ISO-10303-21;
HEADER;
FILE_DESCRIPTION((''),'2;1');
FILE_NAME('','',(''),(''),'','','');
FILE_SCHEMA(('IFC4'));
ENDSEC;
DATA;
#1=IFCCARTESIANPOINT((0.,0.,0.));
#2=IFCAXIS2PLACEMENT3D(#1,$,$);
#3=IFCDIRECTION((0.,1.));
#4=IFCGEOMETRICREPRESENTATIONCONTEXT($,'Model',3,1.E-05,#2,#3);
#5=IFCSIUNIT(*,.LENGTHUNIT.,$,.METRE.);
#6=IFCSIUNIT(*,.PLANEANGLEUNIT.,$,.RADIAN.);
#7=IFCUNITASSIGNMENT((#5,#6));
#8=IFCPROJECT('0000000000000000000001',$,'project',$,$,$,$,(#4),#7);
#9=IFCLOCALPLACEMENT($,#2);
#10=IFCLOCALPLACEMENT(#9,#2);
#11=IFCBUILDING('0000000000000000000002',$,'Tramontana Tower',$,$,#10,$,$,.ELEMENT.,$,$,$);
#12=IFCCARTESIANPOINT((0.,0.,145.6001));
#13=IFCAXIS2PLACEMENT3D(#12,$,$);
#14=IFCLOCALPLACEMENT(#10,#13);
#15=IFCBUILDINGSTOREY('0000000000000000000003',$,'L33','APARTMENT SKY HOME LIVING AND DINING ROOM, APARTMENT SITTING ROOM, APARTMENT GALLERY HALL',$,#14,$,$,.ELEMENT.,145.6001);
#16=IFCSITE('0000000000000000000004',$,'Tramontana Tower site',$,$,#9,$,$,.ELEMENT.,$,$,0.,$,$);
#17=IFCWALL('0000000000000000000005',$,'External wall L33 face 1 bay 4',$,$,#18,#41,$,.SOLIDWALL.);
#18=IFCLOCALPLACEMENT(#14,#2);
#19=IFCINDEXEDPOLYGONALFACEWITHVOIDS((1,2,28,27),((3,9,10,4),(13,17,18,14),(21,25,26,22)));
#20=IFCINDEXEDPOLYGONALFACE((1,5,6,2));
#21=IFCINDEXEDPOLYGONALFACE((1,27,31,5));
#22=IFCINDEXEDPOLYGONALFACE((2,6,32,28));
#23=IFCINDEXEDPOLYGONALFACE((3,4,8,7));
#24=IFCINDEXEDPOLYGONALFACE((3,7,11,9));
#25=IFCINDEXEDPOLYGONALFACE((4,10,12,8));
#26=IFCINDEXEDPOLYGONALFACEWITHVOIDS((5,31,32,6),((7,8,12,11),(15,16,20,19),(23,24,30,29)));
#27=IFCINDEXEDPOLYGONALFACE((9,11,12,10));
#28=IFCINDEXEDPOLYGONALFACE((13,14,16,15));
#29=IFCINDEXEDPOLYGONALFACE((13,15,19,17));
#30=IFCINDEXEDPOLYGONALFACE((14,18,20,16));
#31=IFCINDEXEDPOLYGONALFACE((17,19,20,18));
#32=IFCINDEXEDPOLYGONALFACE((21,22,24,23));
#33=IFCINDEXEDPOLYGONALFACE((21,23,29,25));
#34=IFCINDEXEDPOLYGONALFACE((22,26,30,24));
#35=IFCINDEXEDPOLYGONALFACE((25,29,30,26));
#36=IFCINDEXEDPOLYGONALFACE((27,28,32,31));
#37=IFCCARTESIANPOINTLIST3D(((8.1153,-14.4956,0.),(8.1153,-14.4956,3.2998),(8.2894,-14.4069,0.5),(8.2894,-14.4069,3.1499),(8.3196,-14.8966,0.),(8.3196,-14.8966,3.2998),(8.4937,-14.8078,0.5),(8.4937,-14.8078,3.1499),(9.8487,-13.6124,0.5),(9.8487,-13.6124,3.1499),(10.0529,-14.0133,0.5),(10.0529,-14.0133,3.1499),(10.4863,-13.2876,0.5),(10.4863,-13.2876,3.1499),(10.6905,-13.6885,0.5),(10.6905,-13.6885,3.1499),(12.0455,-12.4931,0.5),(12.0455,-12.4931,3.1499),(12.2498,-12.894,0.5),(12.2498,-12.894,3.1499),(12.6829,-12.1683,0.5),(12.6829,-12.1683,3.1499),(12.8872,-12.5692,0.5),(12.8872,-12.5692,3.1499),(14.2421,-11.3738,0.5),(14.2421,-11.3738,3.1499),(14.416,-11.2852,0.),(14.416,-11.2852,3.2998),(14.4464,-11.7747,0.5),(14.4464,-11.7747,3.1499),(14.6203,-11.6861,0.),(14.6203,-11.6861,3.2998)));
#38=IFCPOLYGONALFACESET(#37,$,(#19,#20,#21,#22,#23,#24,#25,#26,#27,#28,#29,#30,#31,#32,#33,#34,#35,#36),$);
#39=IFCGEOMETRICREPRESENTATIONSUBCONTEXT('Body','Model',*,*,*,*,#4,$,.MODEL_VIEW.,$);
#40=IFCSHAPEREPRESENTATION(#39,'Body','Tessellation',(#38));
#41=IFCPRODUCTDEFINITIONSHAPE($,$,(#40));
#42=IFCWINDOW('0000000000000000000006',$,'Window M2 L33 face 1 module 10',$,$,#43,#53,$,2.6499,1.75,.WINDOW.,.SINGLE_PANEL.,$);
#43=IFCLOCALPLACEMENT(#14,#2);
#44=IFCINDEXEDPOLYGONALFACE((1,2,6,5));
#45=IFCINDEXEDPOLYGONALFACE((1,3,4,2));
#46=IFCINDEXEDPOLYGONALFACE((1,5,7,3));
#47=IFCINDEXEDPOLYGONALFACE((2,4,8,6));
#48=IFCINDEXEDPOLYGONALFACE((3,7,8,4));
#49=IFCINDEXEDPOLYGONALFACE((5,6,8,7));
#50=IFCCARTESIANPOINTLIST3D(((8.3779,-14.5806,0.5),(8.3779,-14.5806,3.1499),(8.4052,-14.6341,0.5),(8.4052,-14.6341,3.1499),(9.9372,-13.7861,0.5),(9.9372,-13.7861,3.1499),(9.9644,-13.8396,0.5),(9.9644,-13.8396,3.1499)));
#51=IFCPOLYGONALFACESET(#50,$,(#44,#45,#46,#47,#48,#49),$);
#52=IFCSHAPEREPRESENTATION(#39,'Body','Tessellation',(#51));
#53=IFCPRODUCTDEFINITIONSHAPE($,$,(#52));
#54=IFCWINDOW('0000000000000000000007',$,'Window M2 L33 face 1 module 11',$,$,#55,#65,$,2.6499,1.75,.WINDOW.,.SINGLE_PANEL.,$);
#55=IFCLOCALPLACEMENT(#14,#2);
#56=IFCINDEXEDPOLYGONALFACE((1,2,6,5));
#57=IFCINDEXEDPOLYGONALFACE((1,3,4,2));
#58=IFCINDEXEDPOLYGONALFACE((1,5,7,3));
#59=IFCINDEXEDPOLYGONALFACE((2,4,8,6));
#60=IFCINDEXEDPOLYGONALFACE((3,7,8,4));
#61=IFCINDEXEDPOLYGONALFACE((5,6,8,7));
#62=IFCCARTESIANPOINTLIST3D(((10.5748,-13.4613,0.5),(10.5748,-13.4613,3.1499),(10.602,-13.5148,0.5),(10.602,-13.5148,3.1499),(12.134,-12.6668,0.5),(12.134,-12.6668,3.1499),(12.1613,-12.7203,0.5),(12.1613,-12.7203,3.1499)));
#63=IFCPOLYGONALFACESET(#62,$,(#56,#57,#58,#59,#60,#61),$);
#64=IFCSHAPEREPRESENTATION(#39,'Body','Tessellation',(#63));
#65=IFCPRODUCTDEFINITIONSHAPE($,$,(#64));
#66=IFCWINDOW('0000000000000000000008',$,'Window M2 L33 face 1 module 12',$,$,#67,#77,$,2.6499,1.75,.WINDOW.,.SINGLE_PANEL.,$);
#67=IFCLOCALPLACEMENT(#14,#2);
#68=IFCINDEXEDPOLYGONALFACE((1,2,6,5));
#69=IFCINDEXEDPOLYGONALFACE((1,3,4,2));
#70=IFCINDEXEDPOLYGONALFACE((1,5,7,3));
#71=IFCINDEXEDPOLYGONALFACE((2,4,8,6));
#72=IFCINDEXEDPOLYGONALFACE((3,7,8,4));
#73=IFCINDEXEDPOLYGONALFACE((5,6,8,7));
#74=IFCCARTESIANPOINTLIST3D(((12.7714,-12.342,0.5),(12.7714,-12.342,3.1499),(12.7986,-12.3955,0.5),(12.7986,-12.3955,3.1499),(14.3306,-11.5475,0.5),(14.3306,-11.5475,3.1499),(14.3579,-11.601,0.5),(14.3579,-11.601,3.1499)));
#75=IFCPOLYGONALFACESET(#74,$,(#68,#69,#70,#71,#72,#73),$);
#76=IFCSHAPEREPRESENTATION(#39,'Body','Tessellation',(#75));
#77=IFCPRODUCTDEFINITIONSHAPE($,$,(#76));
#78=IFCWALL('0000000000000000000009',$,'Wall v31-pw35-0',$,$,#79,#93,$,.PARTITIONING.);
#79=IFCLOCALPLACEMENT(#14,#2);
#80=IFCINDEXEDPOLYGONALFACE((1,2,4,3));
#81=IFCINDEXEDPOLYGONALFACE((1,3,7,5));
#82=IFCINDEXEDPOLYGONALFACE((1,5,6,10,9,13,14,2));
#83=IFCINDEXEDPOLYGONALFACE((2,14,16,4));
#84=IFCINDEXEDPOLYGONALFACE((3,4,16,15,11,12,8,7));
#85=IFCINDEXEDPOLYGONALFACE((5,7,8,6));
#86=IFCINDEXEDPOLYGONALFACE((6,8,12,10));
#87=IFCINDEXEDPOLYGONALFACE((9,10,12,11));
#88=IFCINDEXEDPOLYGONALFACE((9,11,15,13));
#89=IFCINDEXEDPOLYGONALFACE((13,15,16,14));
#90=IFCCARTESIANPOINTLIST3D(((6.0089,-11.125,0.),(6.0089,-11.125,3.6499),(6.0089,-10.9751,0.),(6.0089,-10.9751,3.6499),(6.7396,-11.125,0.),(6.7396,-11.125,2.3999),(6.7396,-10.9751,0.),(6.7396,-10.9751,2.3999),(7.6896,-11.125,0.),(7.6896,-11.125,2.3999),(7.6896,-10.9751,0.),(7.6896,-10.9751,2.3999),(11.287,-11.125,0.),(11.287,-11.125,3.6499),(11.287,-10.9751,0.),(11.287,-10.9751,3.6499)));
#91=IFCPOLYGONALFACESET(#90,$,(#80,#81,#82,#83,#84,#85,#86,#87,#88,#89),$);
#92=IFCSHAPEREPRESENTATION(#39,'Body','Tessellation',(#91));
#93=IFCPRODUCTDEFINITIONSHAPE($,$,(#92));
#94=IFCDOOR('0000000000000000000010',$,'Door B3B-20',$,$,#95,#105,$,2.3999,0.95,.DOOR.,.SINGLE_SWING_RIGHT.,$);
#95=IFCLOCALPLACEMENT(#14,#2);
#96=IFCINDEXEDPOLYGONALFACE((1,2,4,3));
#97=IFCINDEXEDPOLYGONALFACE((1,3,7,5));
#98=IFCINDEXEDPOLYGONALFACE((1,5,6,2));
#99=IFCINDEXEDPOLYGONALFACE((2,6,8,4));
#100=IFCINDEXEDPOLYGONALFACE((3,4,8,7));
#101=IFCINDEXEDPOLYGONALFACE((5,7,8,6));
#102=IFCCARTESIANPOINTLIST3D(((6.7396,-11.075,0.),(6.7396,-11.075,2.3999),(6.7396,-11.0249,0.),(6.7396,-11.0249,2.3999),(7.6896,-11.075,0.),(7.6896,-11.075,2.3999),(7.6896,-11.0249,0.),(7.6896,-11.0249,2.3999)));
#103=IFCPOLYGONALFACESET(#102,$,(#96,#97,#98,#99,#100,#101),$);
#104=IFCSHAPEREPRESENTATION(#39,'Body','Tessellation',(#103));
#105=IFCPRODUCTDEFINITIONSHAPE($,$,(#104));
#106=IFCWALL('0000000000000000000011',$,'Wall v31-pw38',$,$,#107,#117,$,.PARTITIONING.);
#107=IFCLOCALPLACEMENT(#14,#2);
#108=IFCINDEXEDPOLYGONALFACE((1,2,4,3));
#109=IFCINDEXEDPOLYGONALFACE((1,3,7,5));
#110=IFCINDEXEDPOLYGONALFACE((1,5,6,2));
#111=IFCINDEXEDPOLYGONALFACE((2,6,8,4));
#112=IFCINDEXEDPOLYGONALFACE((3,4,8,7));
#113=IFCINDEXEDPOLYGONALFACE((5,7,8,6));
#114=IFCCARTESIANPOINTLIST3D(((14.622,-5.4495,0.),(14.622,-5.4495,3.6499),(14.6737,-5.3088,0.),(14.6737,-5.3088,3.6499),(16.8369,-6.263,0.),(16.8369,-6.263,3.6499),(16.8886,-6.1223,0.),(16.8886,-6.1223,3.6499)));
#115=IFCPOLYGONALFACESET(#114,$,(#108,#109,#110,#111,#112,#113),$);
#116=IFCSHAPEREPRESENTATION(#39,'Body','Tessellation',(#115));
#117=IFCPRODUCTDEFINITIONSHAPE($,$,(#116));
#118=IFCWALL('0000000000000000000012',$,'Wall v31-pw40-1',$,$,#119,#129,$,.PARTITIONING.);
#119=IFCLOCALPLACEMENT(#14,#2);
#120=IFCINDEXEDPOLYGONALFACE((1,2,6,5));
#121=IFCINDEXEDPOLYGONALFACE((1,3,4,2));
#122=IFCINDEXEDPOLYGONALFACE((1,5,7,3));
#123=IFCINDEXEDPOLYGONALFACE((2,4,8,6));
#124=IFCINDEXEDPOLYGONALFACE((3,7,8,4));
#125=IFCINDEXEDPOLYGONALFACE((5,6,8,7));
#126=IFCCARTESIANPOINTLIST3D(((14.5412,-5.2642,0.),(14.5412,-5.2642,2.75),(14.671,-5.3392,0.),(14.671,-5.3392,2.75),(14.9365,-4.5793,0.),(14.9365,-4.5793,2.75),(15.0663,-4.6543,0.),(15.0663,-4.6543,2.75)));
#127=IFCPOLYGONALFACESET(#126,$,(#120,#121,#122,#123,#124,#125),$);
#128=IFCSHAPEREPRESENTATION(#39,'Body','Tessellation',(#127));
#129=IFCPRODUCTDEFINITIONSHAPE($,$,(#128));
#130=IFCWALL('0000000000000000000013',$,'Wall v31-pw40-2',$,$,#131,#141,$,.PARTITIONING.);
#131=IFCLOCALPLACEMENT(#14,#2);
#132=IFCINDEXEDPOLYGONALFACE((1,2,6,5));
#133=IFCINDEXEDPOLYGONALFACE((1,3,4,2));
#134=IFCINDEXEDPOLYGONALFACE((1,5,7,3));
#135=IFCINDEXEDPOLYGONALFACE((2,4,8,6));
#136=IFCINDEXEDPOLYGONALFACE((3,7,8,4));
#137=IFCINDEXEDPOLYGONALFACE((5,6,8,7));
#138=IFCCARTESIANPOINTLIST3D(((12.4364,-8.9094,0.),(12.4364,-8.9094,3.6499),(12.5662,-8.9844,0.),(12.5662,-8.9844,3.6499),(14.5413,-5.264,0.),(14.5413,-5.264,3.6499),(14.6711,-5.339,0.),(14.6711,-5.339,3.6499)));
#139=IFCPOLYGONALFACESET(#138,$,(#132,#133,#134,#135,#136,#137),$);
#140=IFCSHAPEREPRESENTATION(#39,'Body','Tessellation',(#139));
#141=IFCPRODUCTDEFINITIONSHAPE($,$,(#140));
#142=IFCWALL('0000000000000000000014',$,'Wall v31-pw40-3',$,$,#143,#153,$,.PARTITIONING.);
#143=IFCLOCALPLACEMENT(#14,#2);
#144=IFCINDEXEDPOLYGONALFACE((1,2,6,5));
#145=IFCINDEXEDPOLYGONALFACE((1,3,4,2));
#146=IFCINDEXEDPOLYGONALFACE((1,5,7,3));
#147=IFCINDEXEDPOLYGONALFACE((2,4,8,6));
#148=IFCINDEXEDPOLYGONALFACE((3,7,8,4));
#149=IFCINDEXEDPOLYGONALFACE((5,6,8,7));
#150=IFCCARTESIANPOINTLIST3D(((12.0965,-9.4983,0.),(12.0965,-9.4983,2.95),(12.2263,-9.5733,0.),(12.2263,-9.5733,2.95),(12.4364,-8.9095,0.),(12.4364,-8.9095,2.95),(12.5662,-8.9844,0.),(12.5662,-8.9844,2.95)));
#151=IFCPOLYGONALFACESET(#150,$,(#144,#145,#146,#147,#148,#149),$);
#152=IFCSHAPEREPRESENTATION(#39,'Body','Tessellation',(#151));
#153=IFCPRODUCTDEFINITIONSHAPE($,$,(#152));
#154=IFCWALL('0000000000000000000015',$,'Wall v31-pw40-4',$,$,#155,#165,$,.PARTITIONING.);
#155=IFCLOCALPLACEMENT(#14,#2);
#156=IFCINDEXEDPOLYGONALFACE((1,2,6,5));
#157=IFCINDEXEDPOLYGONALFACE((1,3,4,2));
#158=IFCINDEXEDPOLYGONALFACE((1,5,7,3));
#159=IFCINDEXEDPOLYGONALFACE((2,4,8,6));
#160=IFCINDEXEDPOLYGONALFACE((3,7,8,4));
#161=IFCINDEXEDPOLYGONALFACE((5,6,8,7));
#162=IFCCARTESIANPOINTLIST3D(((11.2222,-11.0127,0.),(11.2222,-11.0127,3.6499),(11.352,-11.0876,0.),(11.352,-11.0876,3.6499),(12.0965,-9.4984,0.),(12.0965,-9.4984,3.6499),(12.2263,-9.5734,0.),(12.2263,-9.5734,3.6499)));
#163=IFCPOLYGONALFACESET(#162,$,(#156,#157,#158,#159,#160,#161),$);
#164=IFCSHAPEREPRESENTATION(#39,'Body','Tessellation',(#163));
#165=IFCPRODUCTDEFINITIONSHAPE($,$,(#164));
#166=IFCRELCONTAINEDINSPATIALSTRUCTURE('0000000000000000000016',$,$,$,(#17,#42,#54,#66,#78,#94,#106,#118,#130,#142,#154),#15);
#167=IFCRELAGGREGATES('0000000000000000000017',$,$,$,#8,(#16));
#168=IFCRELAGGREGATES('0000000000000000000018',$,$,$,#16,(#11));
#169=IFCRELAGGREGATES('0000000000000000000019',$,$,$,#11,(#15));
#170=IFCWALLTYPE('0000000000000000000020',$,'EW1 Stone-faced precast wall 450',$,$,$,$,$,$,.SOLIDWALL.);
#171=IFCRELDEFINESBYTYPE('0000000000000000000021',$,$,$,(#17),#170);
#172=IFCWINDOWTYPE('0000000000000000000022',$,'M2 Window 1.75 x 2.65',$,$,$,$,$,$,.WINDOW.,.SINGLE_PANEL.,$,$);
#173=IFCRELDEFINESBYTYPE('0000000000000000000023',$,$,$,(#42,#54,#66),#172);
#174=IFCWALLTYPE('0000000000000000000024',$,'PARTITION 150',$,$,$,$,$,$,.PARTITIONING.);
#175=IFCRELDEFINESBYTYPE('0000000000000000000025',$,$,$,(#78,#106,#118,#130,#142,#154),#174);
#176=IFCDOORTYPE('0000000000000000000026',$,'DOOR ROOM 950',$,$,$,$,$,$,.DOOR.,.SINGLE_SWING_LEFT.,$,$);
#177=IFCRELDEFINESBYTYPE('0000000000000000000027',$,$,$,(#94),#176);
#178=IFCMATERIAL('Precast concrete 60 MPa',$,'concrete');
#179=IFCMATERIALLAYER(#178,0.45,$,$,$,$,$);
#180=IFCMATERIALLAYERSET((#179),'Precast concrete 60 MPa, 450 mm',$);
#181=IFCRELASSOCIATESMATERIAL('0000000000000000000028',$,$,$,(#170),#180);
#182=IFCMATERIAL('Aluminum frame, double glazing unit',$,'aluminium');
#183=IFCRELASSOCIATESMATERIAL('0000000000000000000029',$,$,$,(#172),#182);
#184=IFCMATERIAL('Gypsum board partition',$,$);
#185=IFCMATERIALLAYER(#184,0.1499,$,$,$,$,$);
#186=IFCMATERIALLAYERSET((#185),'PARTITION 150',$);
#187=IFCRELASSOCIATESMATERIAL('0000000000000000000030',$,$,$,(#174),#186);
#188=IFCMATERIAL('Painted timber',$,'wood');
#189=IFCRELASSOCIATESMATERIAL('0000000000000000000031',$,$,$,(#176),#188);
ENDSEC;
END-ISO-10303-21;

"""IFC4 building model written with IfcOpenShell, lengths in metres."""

from ifc_helpers import new_model, si_unit, direction, frame, frame_2d, origin, place, context, subcontext, project, spatial, rectangle, extrude, material, layer, layer_set, type_object, element, fill, save


model = new_model("IFC4")

# Units and contexts
model_context = context("Model", 3, precision=1e-05, world=origin(), true_north=direction((0.0, 1.0)))
body_context = subcontext(model_context, "Body", "Model", "MODEL_VIEW")
ifc_project = project(units=[si_unit("LENGTHUNIT", "METRE"), si_unit("PLANEANGLEUNIT", "RADIAN")], contexts=[model_context])

# Site, building, storey
site_placement = place(None, origin())
site = spatial("IfcSite", under=ifc_project, at=site_placement, Name="Tramontana Tower site", CompositionType="ELEMENT", RefElevation=0.0)
building_placement = place(site_placement, origin())
building = spatial("IfcBuilding", under=site, at=building_placement, Name="Tramontana Tower", CompositionType="ELEMENT")
storey_placement = place(building_placement, frame((0.0, 0.0, 145.6001)))
storey = spatial("IfcBuildingStorey", under=building, at=storey_placement, Name="L33", Description="APARTMENT SKY HOME LIVING AND DINING ROOM, APARTMENT SITTING ROOM, APARTMENT GALLERY HALL", CompositionType="ELEMENT", Elevation=145.6001)

# Wall, openings, windows
ifc_material_1 = material(Name="Precast concrete 60 MPa", Category="concrete")
ifc_layer_1 = layer(ifc_material_1, 0.45)
ifc_layer_set_1 = layer_set([ifc_layer_1], Name="Precast concrete 60 MPa, 450 mm")
wall_type_1 = type_object("IfcWallType", Name="EW1 Stone-faced precast wall 450", PredefinedType="SOLIDWALL", material=ifc_layer_set_1)
wall_1_placement = place(storey_placement, frame((8.2175, -14.696, 0.0), z_axis=(0.0, 0.0, 1.0), x_axis=(0.891004, 0.453995, 0.0)))
wall_1 = element("IfcWall", 1, at=wall_1_placement, inside=storey, type_object=wall_type_1, Name="External wall L33 face 1 bay 4", PredefinedType="SOLIDWALL", context=body_context, shape_type="SweptSolid", body=[
    extrude(rectangle(XDim=7.0715, YDim=0.45, at=frame_2d((3.5356, 0.0))), origin(), (0.0, 0.0, 1.0), 3.2998),
])
opening_1_placement = place(wall_1_placement, frame((0.1953, 0.0, 0.5)))
opening_1 = element("IfcOpeningElement", 2, at=opening_1_placement, cuts=wall_1, PredefinedType="OPENING", context=body_context, shape_type="SweptSolid", body=[
    extrude(rectangle(XDim=1.75, YDim=2.6499, at=frame_2d((0.875, 1.325))), frame((0.0, 0.2349, 0.0), z_axis=(0.0, -1.0, 0.0), x_axis=(1.0, 0.0, 0.0)), (0.0, 0.0, 1.0), 0.47),
])
opening_2_placement = place(wall_1_placement, frame((2.6609, 0.0, 0.5)))
opening_2 = element("IfcOpeningElement", 3, at=opening_2_placement, cuts=wall_1, PredefinedType="OPENING", context=body_context, shape_type="SweptSolid", body=[
    extrude(rectangle(XDim=1.75, YDim=2.6499, at=frame_2d((0.875, 1.325))), frame((0.0, 0.2349, 0.0), z_axis=(0.0, -1.0, 0.0), x_axis=(1.0, 0.0, 0.0)), (0.0, 0.0, 1.0), 0.47),
])
opening_3_placement = place(wall_1_placement, frame((5.1262, 0.0, 0.5)))
opening_3 = element("IfcOpeningElement", 4, at=opening_3_placement, cuts=wall_1, PredefinedType="OPENING", context=body_context, shape_type="SweptSolid", body=[
    extrude(rectangle(XDim=1.75, YDim=2.6499, at=frame_2d((0.875, 1.325))), frame((0.0, 0.2349, 0.0), z_axis=(0.0, -1.0, 0.0), x_axis=(1.0, 0.0, 0.0)), (0.0, 0.0, 1.0), 0.47),
])
ifc_material_2 = material(Name="Aluminum frame, double glazing unit", Category="aluminium")
window_type = type_object("IfcWindowType", Name="M2 Window 1.75 x 2.65", PartitioningType="SINGLE_PANEL", PredefinedType="WINDOW", material=ifc_material_2)
window_1_placement = place(opening_1_placement, origin())
window_1 = element("IfcWindow", 5, at=window_1_placement, inside=storey, type_object=window_type, Name="Window M2 L33 face 1 module 10", OverallHeight=2.6499, OverallWidth=1.75, PartitioningType="SINGLE_PANEL", PredefinedType="WINDOW", context=body_context, shape_type="SweptSolid", body=[
    extrude(rectangle(XDim=1.75, YDim=2.6499, at=frame_2d((0.875, 1.325))), frame((0.0, 0.03, 0.0), z_axis=(0.0, -1.0, 0.0), x_axis=(1.0, 0.0, 0.0)), (0.0, 0.0, 1.0), 0.0601),
])
fill(opening_1, window_1)
window_2_placement = place(opening_2_placement, origin())
window_2 = element("IfcWindow", 6, at=window_2_placement, inside=storey, type_object=window_type, Name="Window M2 L33 face 1 module 11", OverallHeight=2.6499, OverallWidth=1.75, PartitioningType="SINGLE_PANEL", PredefinedType="WINDOW", context=body_context, shape_type="SweptSolid", body=[
    extrude(rectangle(XDim=1.75, YDim=2.6499, at=frame_2d((0.875, 1.325))), frame((0.0, 0.03, 0.0), z_axis=(0.0, -1.0, 0.0), x_axis=(1.0, 0.0, 0.0)), (0.0, 0.0, 1.0), 0.0601),
])
fill(opening_2, window_2)
window_3_placement = place(opening_3_placement, origin())
window_3 = element("IfcWindow", 7, at=window_3_placement, inside=storey, type_object=window_type, Name="Window M2 L33 face 1 module 12", OverallHeight=2.6499, OverallWidth=1.75, PartitioningType="SINGLE_PANEL", PredefinedType="WINDOW", context=body_context, shape_type="SweptSolid", body=[
    extrude(rectangle(XDim=1.75, YDim=2.6499, at=frame_2d((0.875, 1.325))), frame((0.0, 0.03, 0.0), z_axis=(0.0, -1.0, 0.0), x_axis=(1.0, 0.0, 0.0)), (0.0, 0.0, 1.0), 0.0601),
])
fill(opening_3, window_3)

# Wall, opening, door
ifc_material_3 = material(Name="Gypsum board partition")
ifc_layer_2 = layer(ifc_material_3, 0.1499)
ifc_layer_set_2 = layer_set([ifc_layer_2], Name="PARTITION 150")
wall_type_2 = type_object("IfcWallType", Name="PARTITION 150", PredefinedType="PARTITIONING", material=ifc_layer_set_2)
ifc_material_4 = material(Name="Painted timber", Category="wood")
door_type_1 = type_object("IfcDoorType", Name="DOOR ROOM 950", OperationType="SINGLE_SWING_LEFT", PredefinedType="DOOR", material=ifc_material_4)
wall_2_placement = place(storey_placement, frame((11.2871, -11.05, 0.0), z_axis=(0.0, 0.0, 1.0), x_axis=(-1.0, 0.0, 0.0)))
wall_2 = element("IfcWall", 8, at=wall_2_placement, inside=storey, type_object=wall_type_2, Name="Wall v31-pw35-0", PredefinedType="PARTITIONING", context=body_context, shape_type="SweptSolid", body=[
    extrude(rectangle(XDim=5.2781, YDim=0.1499, at=frame_2d((2.6392, 0.0))), origin(), (0.0, 0.0, 1.0), 3.6499),
])
opening_4_placement = place(wall_2_placement, frame((3.5974, 0.0, 0.0)))
opening_4 = element("IfcOpeningElement", 9, at=opening_4_placement, cuts=wall_2, PredefinedType="OPENING", context=body_context, shape_type="SweptSolid", body=[
    extrude(rectangle(XDim=0.95, YDim=2.3999, at=frame_2d((0.4751, 1.2))), frame((0.0, 0.085, 0.0), z_axis=(0.0, -1.0, 0.0), x_axis=(1.0, 0.0, 0.0)), (0.0, 0.0, 1.0), 0.1699),
])
door_1_placement = place(opening_4_placement, origin())
door_1 = element("IfcDoor", 10, at=door_1_placement, inside=storey, type_object=door_type_1, Name="Door B3B-20", OperationType="SINGLE_SWING_RIGHT", OverallHeight=2.3999, OverallWidth=0.95, PredefinedType="DOOR", context=body_context, shape_type="SweptSolid", body=[
    extrude(rectangle(XDim=0.95, YDim=2.3999, at=frame_2d((0.4751, 1.2))), frame((0.0, 0.0249, 0.0), z_axis=(0.0, -1.0, 0.0), x_axis=(1.0, 0.0, 0.0)), (0.0, 0.0, 1.0), 0.05),
])
fill(opening_4, door_1)

# Walls
wall_3_placement = place(storey_placement, frame((14.6479, -5.3792, 0.0), z_axis=(0.0, 0.0, 1.0), x_axis=(0.938689, -0.344765, 0.0)))
element("IfcWall", 11, at=wall_3_placement, inside=storey, type_object=wall_type_2, Name="Wall v31-pw38", PredefinedType="PARTITIONING", context=body_context, shape_type="SweptSolid", body=[
    extrude(rectangle(XDim=2.3596, YDim=0.1499, at=frame_2d((1.1797, 0.0))), origin(), (0.0, 0.0, 1.0), 3.6499),
])
wall_4_placement = place(storey_placement, frame((15.0015, -4.6167, 0.0), z_axis=(0.0, 0.0, 1.0), x_axis=(-0.499892, -0.866088, 0.0)))
element("IfcWall", 12, at=wall_4_placement, inside=storey, type_object=wall_type_2, Name="Wall v31-pw40-1", PredefinedType="PARTITIONING", context=body_context, shape_type="SweptSolid", body=[
    extrude(rectangle(XDim=0.7908, YDim=0.1499, at=frame_2d((0.3955, 0.0))), origin(), (0.0, 0.0, 1.0), 2.75),
])
wall_5_placement = place(storey_placement, frame((14.6062, -5.3015, 0.0), z_axis=(0.0, 0.0, 1.0), x_axis=(-0.500044, -0.866, 0.0)))
element("IfcWall", 13, at=wall_5_placement, inside=storey, type_object=wall_type_2, Name="Wall v31-pw40-2", PredefinedType="PARTITIONING", context=body_context, shape_type="SweptSolid", body=[
    extrude(rectangle(XDim=4.2095, YDim=0.1499, at=frame_2d((2.1047, 0.0))), origin(), (0.0, 0.0, 1.0), 3.6499),
])
wall_6_placement = place(storey_placement, frame((12.5012, -8.947, 0.0), z_axis=(0.0, 0.0, 1.0), x_axis=(-0.499847, -0.866114, 0.0)))
element("IfcWall", 14, at=wall_6_placement, inside=storey, type_object=wall_type_2, Name="Wall v31-pw40-3", PredefinedType="PARTITIONING", context=body_context, shape_type="SweptSolid", body=[
    extrude(rectangle(XDim=0.6799, YDim=0.1499, at=frame_2d((0.3398, 0.0))), origin(), (0.0, 0.0, 1.0), 2.95),
])
wall_7_placement = place(storey_placement, frame((12.1614, -9.5359, 0.0), z_axis=(0.0, 0.0, 1.0), x_axis=(-0.500029, -0.866009, 0.0)))
element("IfcWall", 15, at=wall_7_placement, inside=storey, type_object=wall_type_2, Name="Wall v31-pw40-4", PredefinedType="PARTITIONING", context=body_context, shape_type="SweptSolid", body=[
    extrude(rectangle(XDim=1.7485, YDim=0.1499, at=frame_2d((0.8743, 0.0))), origin(), (0.0, 0.0, 1.0), 3.6499),
])

save(model, "model.ifc")
